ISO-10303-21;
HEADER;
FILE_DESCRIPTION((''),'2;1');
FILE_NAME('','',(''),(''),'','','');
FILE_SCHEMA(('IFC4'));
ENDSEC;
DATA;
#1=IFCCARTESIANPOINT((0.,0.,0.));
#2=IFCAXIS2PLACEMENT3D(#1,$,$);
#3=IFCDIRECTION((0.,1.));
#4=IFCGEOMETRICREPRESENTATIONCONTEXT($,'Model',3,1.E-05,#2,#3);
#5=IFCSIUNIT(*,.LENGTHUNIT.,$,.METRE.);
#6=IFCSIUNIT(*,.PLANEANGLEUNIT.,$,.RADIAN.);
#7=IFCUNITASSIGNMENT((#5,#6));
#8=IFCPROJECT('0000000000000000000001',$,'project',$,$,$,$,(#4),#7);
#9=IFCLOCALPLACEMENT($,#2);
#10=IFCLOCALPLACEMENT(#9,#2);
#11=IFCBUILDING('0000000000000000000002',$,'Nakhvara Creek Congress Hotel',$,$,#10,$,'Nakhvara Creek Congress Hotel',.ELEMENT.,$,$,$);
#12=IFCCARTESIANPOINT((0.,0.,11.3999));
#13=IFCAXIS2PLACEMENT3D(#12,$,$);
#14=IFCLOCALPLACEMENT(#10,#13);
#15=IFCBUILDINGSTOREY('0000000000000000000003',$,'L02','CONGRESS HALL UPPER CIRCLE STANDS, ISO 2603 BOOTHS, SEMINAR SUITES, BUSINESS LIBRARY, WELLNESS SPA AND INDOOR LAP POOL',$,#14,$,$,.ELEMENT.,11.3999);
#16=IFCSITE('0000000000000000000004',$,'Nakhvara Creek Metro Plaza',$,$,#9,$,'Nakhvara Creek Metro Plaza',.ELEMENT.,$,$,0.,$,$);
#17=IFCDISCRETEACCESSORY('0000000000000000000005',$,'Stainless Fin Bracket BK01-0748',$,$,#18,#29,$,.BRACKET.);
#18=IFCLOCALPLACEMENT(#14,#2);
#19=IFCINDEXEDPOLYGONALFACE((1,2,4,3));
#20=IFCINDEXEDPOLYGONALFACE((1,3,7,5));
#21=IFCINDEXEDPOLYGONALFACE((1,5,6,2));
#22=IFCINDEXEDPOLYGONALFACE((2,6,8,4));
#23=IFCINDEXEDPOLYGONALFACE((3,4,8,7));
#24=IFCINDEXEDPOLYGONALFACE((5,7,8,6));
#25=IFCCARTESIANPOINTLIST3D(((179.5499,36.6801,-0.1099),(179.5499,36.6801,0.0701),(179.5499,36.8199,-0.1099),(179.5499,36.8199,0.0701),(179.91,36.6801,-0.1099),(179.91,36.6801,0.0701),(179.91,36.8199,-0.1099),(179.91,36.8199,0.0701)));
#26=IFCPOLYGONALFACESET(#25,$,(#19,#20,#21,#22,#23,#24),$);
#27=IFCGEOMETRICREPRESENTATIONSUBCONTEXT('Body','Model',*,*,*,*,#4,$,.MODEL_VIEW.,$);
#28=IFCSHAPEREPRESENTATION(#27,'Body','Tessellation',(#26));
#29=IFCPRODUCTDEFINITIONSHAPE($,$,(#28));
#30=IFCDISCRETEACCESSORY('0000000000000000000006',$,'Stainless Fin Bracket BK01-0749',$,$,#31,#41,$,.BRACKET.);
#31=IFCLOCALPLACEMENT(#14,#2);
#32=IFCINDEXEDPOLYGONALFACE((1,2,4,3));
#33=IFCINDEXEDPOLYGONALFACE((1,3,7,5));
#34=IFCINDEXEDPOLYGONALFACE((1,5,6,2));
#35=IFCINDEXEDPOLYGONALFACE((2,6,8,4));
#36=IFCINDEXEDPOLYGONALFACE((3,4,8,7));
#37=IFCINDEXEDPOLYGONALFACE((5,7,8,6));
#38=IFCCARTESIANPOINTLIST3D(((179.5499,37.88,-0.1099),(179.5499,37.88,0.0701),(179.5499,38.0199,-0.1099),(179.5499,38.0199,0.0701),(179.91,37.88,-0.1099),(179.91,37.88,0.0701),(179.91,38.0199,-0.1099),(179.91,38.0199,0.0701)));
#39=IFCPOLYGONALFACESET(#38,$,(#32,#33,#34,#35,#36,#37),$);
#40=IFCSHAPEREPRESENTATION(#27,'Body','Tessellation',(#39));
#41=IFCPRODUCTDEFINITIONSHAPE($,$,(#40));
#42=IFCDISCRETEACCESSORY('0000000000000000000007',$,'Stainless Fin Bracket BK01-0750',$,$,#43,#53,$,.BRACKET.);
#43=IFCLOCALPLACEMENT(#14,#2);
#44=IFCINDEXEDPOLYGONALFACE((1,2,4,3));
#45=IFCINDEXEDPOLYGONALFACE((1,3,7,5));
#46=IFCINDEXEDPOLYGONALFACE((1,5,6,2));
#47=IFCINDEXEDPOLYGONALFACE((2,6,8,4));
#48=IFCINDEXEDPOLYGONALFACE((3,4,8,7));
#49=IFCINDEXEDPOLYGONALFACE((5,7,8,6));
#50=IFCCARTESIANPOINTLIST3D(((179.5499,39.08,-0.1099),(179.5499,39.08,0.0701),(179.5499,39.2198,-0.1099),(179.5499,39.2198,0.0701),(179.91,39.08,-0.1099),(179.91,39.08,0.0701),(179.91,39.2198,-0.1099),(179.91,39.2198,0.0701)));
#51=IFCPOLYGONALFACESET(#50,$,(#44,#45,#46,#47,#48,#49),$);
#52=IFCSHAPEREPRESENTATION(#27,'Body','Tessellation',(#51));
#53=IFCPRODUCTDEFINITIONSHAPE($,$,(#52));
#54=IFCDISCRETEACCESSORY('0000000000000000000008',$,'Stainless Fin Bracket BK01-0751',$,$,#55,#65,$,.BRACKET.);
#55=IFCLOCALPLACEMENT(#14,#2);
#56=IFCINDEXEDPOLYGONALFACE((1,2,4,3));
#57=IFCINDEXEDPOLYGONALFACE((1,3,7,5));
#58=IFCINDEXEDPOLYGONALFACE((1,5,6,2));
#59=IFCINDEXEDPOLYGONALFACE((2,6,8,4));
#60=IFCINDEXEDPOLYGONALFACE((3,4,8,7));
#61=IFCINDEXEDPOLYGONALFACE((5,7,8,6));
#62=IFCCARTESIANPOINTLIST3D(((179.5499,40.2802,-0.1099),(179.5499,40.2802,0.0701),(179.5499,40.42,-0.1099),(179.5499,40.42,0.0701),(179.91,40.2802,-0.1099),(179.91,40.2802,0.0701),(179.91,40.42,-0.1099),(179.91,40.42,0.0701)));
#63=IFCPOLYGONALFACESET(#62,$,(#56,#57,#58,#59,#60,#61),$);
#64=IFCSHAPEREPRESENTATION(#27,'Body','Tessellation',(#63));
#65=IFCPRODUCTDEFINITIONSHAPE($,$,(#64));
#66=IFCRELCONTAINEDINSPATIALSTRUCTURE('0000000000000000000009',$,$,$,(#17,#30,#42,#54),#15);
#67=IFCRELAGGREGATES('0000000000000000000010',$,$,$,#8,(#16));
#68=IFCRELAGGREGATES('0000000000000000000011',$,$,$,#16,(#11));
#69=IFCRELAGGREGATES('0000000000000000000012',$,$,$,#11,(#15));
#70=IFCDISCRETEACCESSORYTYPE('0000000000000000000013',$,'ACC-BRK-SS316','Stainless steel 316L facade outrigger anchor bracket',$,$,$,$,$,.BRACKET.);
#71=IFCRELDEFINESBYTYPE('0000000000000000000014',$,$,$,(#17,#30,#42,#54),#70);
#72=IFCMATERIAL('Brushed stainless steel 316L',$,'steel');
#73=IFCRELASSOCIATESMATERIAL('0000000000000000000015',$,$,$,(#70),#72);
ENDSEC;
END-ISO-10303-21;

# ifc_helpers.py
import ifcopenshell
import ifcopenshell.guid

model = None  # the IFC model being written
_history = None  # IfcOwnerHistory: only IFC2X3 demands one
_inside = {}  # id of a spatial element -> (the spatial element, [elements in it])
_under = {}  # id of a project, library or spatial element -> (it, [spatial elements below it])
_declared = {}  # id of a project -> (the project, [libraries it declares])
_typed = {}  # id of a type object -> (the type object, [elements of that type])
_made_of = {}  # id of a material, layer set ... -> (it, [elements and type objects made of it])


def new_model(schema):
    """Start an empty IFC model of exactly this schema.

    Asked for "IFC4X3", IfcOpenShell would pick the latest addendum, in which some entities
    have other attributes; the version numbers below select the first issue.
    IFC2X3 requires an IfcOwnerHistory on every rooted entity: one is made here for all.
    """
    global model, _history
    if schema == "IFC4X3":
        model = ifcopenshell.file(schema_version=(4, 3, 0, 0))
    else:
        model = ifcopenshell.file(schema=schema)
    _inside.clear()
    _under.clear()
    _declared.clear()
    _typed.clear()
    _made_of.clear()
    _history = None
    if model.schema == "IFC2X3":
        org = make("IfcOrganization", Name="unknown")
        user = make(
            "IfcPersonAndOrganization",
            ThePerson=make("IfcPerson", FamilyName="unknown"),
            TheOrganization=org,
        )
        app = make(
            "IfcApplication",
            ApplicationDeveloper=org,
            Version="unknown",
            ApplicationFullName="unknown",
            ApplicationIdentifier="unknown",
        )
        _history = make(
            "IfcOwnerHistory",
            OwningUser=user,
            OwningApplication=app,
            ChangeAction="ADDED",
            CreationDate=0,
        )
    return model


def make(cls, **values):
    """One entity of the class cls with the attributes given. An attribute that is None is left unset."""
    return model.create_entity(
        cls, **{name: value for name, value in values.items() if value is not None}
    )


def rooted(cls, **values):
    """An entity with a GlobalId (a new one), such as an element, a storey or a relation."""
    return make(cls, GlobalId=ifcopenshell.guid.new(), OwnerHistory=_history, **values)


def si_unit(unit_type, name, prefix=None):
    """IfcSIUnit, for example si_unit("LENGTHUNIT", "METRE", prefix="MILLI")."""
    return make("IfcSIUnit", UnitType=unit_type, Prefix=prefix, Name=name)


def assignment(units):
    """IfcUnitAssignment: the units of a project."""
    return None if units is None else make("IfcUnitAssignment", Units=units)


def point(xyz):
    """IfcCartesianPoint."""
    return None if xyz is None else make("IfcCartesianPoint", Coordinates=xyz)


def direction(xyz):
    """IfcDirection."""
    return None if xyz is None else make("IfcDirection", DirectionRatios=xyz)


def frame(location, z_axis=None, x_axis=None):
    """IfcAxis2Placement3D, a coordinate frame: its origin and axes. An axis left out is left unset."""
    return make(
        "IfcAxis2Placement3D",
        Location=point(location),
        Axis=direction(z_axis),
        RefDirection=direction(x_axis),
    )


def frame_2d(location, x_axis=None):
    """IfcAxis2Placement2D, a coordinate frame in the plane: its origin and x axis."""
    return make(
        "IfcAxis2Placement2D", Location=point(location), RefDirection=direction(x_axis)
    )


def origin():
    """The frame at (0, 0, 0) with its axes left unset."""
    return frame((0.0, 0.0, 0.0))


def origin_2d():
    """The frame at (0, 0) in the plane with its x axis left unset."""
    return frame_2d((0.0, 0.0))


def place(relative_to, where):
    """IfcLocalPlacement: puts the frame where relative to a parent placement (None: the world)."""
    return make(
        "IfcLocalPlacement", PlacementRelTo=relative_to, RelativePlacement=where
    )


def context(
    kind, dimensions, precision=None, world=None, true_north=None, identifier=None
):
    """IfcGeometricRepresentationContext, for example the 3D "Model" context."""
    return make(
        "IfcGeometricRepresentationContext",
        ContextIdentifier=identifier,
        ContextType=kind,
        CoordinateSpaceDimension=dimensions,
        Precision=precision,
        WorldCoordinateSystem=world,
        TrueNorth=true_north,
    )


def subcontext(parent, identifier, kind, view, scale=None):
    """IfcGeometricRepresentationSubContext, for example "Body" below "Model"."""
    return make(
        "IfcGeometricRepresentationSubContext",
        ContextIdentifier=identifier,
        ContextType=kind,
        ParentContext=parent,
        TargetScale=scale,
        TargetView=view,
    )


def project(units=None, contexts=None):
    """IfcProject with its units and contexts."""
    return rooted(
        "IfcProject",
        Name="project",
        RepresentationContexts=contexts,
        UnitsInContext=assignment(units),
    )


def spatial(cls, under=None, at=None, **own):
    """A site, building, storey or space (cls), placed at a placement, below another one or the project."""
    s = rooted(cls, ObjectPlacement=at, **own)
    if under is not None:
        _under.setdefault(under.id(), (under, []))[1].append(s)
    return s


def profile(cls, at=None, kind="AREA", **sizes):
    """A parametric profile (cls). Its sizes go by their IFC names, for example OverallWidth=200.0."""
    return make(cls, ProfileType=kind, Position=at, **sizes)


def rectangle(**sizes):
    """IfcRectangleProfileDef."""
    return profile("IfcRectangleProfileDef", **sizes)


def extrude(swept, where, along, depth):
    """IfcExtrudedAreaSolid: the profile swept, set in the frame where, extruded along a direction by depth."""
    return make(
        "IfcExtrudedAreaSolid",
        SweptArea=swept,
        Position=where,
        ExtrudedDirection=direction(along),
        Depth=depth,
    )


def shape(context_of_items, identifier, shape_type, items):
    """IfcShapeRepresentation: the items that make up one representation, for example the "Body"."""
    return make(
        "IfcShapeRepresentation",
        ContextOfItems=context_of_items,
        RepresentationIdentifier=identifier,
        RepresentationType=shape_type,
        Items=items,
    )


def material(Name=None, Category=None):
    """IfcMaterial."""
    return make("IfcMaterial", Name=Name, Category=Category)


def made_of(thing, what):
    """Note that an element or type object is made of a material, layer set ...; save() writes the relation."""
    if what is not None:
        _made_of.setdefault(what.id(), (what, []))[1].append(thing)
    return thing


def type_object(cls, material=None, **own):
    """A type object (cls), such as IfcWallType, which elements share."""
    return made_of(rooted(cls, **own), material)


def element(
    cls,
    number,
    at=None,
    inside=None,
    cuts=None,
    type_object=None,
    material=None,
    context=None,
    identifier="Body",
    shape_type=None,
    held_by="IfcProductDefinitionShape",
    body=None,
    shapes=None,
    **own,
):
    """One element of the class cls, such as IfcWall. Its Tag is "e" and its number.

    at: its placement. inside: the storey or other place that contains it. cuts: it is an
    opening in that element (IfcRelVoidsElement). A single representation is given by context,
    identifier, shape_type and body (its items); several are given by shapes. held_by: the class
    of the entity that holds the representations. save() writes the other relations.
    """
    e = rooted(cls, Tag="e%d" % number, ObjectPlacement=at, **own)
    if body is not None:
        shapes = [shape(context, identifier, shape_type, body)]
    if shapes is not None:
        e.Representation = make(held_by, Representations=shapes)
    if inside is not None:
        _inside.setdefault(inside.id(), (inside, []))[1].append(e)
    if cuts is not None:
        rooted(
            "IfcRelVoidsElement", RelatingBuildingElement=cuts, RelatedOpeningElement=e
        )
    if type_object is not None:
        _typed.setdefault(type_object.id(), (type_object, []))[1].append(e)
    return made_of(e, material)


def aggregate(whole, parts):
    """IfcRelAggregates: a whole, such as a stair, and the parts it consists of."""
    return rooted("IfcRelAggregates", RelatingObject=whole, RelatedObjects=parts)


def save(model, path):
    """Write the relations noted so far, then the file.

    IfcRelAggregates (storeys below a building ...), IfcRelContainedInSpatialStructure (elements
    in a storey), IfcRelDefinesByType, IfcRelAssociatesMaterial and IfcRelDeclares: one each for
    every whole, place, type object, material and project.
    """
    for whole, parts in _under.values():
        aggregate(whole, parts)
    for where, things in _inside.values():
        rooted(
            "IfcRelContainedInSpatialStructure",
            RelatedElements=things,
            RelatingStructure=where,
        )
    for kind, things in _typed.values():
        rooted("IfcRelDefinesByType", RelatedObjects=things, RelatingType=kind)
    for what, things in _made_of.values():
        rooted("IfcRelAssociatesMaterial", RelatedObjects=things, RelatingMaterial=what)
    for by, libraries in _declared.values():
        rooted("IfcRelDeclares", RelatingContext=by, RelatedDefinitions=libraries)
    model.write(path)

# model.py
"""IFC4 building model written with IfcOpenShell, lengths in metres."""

from ifc_helpers import new_model, si_unit, direction, frame, origin, origin_2d, place, context, subcontext, project, spatial, rectangle, extrude, material, type_object, element, save


model = new_model("IFC4")

# Units and contexts
model_context = context("Model", 3, precision=1e-05, world=origin(), true_north=direction((0.0, 1.0)))
body_context = subcontext(model_context, "Body", "Model", "MODEL_VIEW")
ifc_project = project(units=[si_unit("LENGTHUNIT", "METRE"), si_unit("PLANEANGLEUNIT", "RADIAN")], contexts=[model_context])

# Site, building, storey
site_placement = place(None, origin())
site = spatial("IfcSite", under=ifc_project, at=site_placement, Name="Nakhvara Creek Metro Plaza", LongName="Nakhvara Creek Metro Plaza", CompositionType="ELEMENT", RefElevation=0.0)
building_placement = place(site_placement, origin())
building = spatial("IfcBuilding", under=site, at=building_placement, Name="Nakhvara Creek Congress Hotel", LongName="Nakhvara Creek Congress Hotel", CompositionType="ELEMENT")
storey_placement = place(building_placement, frame((0.0, 0.0, 11.3999)))
storey = spatial("IfcBuildingStorey", under=building, at=storey_placement, Name="L02", Description="CONGRESS HALL UPPER CIRCLE STANDS, ISO 2603 BOOTHS, SEMINAR SUITES, BUSINESS LIBRARY, WELLNESS SPA AND INDOOR LAP POOL", CompositionType="ELEMENT", Elevation=11.3999)

# Discrete accessories
ifc_material_1 = material(Name="Brushed stainless steel 316L", Category="steel")
discrete_accessory_type = type_object("IfcDiscreteAccessoryType", Name="ACC-BRK-SS316", Description="Stainless steel 316L facade outrigger anchor bracket", PredefinedType="BRACKET", material=ifc_material_1)
for number, where, z_axis, x_axis, name in (
    (1, (179.73, 36.75, -0.1099), (0.0, 0.0, 1.0), (0.0, 1.0, 0.0), "Stainless Fin Bracket BK01-0748"),
    (2, (179.73, 37.95, -0.1099), (0.0, 0.0, 1.0), (0.0, 1.0, 0.0), "Stainless Fin Bracket BK01-0749"),
    (3, (179.73, 39.1499, -0.1099), (0.0, 0.0, 1.0), (0.0, 1.0, 0.0), "Stainless Fin Bracket BK01-0750"),
    (4, (179.73, 40.3501, -0.1099), (0.0, 0.0, 1.0), (0.0, 1.0, 0.0), "Stainless Fin Bracket BK01-0751"),
):
    element("IfcDiscreteAccessory", number, at=place(storey_placement, frame(where, z_axis=z_axis, x_axis=x_axis)), inside=storey, type_object=discrete_accessory_type, Name=name, PredefinedType="BRACKET", context=body_context, shape_type="SweptSolid", body=[
        extrude(rectangle(XDim=0.1399, YDim=0.3601, at=origin_2d()), origin(), (0.0, 0.0, 1.0), 0.1799),
    ])

save(model, "model.ifc")
